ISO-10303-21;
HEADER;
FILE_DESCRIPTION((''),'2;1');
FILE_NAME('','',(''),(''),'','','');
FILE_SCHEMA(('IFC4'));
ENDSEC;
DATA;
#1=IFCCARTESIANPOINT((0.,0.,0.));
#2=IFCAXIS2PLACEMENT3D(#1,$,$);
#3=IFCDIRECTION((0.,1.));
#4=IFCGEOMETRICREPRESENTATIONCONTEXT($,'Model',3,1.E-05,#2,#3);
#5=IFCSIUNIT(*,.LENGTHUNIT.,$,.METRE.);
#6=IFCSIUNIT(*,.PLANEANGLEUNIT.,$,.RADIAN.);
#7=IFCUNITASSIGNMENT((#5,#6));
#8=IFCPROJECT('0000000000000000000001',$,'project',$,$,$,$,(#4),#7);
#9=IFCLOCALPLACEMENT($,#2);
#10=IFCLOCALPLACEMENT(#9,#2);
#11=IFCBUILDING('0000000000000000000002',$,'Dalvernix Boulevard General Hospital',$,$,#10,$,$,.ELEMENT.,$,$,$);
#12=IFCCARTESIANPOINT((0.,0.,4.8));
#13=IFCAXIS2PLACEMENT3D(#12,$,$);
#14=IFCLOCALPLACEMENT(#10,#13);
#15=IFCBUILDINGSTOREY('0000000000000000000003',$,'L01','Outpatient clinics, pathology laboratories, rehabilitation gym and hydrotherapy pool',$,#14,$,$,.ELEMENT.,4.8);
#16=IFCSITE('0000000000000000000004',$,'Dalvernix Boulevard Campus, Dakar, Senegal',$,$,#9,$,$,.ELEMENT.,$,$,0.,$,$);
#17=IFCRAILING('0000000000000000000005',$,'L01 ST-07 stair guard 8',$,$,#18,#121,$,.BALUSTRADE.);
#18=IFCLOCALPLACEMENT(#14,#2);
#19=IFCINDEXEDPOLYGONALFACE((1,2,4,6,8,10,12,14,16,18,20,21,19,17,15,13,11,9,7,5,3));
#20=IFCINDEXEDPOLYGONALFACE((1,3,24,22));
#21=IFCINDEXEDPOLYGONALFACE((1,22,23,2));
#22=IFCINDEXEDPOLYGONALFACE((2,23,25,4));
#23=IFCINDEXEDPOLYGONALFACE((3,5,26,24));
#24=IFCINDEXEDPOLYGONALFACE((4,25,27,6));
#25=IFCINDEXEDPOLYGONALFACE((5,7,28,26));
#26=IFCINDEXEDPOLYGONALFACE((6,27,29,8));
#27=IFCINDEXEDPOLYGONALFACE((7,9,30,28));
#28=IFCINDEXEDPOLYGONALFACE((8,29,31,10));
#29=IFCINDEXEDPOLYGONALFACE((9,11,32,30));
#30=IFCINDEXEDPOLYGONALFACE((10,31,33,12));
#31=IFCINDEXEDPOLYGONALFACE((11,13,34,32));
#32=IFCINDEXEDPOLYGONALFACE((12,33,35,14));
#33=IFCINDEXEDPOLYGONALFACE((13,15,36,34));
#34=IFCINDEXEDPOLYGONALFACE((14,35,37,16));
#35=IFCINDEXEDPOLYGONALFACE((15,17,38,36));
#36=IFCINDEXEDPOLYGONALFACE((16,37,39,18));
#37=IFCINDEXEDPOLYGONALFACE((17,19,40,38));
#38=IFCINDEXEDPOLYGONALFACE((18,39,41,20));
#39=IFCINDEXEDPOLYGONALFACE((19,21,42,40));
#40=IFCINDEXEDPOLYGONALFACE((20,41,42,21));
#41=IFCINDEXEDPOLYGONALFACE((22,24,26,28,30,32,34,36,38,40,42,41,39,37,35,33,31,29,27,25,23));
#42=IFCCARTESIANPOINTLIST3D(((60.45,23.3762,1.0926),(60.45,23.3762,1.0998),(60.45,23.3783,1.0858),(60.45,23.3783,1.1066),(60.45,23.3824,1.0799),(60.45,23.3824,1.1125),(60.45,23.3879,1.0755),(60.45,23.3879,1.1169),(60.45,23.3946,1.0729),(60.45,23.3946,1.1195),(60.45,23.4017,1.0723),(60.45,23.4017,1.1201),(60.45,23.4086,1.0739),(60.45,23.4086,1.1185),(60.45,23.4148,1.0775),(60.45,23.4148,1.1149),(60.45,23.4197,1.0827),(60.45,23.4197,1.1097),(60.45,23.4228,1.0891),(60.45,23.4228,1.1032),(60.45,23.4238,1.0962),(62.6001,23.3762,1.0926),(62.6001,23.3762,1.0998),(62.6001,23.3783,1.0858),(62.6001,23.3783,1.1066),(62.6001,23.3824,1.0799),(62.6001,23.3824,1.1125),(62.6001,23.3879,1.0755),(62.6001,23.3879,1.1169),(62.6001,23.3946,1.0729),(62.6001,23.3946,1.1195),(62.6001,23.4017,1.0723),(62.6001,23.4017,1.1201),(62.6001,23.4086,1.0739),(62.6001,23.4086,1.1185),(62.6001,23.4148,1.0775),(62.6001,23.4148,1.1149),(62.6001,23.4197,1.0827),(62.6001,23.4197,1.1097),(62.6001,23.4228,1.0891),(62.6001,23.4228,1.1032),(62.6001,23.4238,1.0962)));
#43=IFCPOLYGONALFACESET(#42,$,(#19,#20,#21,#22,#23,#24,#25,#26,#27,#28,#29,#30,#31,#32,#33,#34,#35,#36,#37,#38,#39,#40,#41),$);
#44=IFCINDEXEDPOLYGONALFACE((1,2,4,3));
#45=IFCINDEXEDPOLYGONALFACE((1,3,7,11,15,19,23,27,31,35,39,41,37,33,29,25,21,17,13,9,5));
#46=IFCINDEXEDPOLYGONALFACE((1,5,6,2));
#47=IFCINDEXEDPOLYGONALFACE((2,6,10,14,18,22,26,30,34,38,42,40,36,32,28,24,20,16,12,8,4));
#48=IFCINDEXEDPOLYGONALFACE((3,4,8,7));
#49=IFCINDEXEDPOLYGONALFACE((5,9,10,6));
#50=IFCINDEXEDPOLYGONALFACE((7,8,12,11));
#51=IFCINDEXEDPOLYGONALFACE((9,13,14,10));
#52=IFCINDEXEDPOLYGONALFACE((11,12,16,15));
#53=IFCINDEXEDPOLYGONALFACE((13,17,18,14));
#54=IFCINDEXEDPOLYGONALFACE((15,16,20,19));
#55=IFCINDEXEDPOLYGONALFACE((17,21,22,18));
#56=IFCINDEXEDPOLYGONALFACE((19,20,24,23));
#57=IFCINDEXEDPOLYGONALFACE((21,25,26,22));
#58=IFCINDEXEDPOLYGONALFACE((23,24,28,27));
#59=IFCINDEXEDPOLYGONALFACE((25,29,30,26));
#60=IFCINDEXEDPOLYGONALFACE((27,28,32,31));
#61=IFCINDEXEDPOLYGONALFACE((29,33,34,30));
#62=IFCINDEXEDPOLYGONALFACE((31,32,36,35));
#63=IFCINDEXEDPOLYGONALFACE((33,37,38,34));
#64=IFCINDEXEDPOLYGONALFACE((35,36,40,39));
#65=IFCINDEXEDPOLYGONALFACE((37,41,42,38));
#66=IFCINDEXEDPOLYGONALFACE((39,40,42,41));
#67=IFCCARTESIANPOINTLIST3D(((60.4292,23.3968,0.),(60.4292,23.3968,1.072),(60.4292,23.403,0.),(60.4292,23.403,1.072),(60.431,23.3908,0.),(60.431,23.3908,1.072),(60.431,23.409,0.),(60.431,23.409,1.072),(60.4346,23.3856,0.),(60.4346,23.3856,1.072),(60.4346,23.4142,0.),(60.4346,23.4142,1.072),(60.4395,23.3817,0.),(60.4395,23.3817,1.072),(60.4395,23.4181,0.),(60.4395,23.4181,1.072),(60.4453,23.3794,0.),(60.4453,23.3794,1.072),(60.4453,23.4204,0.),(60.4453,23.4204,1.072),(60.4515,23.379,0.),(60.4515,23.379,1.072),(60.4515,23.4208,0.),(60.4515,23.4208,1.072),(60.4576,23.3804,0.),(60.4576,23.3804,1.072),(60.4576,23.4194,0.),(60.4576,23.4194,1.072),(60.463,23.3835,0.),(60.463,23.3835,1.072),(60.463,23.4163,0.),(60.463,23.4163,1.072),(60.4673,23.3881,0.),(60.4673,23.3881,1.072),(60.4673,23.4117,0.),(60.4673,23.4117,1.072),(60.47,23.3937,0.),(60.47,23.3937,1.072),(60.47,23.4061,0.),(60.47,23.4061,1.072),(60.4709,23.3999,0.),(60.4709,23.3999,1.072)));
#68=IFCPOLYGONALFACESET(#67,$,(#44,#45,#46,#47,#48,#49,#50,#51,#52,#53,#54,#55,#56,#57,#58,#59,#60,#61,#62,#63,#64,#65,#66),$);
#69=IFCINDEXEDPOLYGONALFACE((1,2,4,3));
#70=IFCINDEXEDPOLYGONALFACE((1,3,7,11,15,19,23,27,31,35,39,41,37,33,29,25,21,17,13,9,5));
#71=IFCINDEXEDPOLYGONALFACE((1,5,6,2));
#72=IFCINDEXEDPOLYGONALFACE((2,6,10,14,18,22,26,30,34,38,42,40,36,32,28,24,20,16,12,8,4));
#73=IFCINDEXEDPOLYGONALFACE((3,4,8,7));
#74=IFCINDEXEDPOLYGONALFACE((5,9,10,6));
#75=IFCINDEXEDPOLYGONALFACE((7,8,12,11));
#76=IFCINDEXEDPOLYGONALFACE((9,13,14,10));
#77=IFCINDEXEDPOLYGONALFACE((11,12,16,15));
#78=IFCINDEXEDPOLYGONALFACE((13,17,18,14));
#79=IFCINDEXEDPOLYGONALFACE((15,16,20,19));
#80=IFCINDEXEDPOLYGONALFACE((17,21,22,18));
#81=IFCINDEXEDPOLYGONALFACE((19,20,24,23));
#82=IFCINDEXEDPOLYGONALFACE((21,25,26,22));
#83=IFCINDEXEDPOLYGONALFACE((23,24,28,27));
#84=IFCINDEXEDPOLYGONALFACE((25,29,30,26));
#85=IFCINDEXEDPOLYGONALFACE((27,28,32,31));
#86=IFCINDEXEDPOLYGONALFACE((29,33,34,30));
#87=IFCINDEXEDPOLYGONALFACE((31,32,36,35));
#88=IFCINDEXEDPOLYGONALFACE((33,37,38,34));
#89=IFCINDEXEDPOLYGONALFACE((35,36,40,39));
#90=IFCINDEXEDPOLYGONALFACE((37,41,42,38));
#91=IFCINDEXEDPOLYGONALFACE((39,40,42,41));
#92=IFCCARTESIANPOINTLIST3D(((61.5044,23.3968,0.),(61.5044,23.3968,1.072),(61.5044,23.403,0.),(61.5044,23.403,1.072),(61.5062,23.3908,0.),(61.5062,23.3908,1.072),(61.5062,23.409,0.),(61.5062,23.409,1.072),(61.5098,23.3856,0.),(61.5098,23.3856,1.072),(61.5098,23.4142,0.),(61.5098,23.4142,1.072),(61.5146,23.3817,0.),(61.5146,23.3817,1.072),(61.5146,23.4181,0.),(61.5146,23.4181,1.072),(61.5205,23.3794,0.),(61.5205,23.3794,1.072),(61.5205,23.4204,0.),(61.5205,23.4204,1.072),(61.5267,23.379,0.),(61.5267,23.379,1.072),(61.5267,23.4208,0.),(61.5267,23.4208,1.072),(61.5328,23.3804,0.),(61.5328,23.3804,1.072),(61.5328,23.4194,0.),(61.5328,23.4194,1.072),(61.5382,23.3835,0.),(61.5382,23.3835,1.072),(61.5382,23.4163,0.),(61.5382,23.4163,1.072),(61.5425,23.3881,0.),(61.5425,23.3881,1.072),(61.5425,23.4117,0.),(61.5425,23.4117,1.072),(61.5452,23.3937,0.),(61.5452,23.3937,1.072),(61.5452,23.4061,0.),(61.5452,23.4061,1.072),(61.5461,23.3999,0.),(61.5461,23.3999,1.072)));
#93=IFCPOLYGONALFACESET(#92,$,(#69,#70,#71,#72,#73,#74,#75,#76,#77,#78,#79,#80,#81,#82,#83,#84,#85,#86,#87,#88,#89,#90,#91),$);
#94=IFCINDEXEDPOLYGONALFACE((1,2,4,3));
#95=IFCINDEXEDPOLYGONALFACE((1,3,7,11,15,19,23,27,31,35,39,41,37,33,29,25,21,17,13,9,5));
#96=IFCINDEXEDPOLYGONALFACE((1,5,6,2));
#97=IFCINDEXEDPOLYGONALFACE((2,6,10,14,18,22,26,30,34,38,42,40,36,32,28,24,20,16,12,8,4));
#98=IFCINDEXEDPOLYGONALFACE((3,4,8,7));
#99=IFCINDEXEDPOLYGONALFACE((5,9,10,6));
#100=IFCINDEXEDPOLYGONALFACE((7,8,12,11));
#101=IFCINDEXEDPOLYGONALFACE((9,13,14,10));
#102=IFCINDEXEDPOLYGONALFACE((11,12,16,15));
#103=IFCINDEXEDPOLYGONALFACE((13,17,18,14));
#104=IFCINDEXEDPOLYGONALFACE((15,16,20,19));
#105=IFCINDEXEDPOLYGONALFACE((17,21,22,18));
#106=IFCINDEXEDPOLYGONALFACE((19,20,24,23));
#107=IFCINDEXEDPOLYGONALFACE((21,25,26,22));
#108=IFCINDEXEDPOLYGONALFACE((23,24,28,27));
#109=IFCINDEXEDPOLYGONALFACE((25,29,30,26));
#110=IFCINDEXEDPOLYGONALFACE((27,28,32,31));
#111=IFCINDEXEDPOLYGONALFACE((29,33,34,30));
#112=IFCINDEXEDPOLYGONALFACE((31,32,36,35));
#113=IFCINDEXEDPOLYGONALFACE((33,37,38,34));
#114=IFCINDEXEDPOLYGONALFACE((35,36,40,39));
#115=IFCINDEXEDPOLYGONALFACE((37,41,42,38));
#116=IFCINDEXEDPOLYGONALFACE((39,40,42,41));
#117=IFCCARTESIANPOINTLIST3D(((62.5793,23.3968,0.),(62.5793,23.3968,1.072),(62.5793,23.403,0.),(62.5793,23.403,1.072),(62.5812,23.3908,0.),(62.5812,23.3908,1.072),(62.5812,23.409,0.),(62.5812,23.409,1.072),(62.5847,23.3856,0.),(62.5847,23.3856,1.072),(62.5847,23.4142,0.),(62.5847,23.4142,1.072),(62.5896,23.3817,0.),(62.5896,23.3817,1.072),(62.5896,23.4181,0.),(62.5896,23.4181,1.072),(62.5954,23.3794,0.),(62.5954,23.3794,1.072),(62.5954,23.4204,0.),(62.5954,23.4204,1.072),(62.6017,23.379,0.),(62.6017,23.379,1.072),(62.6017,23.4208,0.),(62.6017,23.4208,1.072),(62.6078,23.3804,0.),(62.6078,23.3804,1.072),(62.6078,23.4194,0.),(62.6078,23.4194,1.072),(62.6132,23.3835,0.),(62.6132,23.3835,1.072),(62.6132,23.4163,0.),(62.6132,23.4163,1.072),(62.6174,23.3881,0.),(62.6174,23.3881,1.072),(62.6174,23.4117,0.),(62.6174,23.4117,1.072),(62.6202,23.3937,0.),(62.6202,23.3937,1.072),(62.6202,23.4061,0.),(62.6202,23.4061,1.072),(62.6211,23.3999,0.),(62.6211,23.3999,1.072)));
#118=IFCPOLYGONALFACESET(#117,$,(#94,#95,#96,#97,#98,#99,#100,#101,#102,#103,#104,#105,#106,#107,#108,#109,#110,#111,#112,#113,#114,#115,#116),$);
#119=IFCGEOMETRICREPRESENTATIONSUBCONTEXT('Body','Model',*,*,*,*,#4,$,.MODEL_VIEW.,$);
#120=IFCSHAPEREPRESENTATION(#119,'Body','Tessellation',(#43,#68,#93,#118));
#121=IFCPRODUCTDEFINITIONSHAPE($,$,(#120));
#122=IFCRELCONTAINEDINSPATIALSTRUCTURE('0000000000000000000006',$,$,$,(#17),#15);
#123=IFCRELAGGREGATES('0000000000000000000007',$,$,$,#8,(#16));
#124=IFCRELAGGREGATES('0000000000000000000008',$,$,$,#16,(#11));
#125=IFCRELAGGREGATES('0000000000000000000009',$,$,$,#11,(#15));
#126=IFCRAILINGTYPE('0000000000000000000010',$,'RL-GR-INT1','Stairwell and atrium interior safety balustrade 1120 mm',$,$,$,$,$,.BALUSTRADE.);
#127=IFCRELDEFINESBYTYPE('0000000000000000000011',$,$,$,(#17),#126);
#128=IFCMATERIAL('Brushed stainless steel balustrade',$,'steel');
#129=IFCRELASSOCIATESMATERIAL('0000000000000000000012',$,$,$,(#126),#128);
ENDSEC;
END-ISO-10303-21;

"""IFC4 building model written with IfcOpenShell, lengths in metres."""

from ifc_helpers import new_model, si_unit, direction, frame, origin, origin_2d, place, context, subcontext, project, spatial, circle, extrude, material, type_object, element, save


model = new_model("IFC4")

# Units and contexts
model_context = context("Model", 3, precision=1e-05, world=origin(), true_north=direction((0.0, 1.0)))
body_context = subcontext(model_context, "Body", "Model", "MODEL_VIEW")
ifc_project = project(units=[si_unit("LENGTHUNIT", "METRE"), si_unit("PLANEANGLEUNIT", "RADIAN")], contexts=[model_context])

# Site, building, storey
site_placement = place(None, origin())
site = spatial("IfcSite", under=ifc_project, at=site_placement, Name="Dalvernix Boulevard Campus, Dakar, Senegal", CompositionType="ELEMENT", RefElevation=0.0)
building_placement = place(site_placement, origin())
building = spatial("IfcBuilding", under=site, at=building_placement, Name="Dalvernix Boulevard General Hospital", CompositionType="ELEMENT")
storey_placement = place(building_placement, frame((0.0, 0.0, 4.8)))
storey = spatial("IfcBuildingStorey", under=building, at=storey_placement, Name="L01", Description="Outpatient clinics, pathology laboratories, rehabilitation gym and hydrotherapy pool", CompositionType="ELEMENT", Elevation=4.8)

# Railing
ifc_material_1 = material(Name="Brushed stainless steel balustrade", Category="steel")
railing_type = type_object("IfcRailingType", Name="RL-GR-INT1", Description="Stairwell and atrium interior safety balustrade 1120 mm", PredefinedType="BALUSTRADE", material=ifc_material_1)
railing_placement = place(storey_placement, frame((60.45, 23.3999, 0.0)))
element("IfcRailing", 1, at=railing_placement, inside=storey, type_object=railing_type, Name="L01 ST-07 stair guard 8", PredefinedType="BALUSTRADE", context=body_context, shape_type="SweptSolid", body=[
    extrude(circle(Radius=0.0239, at=origin_2d()), frame((0.0, 0.0, 1.0962), z_axis=(1.0, 0.0, 0.0), x_axis=(0.0, 1.0, 0.0)), (0.0, 0.0, 1.0), 2.1501),
    extrude(circle(Radius=0.021, at=origin_2d()), origin(), (0.0, 0.0, 1.0), 1.072),
    extrude(circle(Radius=0.021, at=origin_2d()), frame((1.0752, 0.0, 0.0)), (0.0, 0.0, 1.0), 1.072),
    extrude(circle(Radius=0.021, at=origin_2d()), frame((2.1501, 0.0, 0.0)), (0.0, 0.0, 1.0), 1.072),
])

save(model, "model.ifc")
